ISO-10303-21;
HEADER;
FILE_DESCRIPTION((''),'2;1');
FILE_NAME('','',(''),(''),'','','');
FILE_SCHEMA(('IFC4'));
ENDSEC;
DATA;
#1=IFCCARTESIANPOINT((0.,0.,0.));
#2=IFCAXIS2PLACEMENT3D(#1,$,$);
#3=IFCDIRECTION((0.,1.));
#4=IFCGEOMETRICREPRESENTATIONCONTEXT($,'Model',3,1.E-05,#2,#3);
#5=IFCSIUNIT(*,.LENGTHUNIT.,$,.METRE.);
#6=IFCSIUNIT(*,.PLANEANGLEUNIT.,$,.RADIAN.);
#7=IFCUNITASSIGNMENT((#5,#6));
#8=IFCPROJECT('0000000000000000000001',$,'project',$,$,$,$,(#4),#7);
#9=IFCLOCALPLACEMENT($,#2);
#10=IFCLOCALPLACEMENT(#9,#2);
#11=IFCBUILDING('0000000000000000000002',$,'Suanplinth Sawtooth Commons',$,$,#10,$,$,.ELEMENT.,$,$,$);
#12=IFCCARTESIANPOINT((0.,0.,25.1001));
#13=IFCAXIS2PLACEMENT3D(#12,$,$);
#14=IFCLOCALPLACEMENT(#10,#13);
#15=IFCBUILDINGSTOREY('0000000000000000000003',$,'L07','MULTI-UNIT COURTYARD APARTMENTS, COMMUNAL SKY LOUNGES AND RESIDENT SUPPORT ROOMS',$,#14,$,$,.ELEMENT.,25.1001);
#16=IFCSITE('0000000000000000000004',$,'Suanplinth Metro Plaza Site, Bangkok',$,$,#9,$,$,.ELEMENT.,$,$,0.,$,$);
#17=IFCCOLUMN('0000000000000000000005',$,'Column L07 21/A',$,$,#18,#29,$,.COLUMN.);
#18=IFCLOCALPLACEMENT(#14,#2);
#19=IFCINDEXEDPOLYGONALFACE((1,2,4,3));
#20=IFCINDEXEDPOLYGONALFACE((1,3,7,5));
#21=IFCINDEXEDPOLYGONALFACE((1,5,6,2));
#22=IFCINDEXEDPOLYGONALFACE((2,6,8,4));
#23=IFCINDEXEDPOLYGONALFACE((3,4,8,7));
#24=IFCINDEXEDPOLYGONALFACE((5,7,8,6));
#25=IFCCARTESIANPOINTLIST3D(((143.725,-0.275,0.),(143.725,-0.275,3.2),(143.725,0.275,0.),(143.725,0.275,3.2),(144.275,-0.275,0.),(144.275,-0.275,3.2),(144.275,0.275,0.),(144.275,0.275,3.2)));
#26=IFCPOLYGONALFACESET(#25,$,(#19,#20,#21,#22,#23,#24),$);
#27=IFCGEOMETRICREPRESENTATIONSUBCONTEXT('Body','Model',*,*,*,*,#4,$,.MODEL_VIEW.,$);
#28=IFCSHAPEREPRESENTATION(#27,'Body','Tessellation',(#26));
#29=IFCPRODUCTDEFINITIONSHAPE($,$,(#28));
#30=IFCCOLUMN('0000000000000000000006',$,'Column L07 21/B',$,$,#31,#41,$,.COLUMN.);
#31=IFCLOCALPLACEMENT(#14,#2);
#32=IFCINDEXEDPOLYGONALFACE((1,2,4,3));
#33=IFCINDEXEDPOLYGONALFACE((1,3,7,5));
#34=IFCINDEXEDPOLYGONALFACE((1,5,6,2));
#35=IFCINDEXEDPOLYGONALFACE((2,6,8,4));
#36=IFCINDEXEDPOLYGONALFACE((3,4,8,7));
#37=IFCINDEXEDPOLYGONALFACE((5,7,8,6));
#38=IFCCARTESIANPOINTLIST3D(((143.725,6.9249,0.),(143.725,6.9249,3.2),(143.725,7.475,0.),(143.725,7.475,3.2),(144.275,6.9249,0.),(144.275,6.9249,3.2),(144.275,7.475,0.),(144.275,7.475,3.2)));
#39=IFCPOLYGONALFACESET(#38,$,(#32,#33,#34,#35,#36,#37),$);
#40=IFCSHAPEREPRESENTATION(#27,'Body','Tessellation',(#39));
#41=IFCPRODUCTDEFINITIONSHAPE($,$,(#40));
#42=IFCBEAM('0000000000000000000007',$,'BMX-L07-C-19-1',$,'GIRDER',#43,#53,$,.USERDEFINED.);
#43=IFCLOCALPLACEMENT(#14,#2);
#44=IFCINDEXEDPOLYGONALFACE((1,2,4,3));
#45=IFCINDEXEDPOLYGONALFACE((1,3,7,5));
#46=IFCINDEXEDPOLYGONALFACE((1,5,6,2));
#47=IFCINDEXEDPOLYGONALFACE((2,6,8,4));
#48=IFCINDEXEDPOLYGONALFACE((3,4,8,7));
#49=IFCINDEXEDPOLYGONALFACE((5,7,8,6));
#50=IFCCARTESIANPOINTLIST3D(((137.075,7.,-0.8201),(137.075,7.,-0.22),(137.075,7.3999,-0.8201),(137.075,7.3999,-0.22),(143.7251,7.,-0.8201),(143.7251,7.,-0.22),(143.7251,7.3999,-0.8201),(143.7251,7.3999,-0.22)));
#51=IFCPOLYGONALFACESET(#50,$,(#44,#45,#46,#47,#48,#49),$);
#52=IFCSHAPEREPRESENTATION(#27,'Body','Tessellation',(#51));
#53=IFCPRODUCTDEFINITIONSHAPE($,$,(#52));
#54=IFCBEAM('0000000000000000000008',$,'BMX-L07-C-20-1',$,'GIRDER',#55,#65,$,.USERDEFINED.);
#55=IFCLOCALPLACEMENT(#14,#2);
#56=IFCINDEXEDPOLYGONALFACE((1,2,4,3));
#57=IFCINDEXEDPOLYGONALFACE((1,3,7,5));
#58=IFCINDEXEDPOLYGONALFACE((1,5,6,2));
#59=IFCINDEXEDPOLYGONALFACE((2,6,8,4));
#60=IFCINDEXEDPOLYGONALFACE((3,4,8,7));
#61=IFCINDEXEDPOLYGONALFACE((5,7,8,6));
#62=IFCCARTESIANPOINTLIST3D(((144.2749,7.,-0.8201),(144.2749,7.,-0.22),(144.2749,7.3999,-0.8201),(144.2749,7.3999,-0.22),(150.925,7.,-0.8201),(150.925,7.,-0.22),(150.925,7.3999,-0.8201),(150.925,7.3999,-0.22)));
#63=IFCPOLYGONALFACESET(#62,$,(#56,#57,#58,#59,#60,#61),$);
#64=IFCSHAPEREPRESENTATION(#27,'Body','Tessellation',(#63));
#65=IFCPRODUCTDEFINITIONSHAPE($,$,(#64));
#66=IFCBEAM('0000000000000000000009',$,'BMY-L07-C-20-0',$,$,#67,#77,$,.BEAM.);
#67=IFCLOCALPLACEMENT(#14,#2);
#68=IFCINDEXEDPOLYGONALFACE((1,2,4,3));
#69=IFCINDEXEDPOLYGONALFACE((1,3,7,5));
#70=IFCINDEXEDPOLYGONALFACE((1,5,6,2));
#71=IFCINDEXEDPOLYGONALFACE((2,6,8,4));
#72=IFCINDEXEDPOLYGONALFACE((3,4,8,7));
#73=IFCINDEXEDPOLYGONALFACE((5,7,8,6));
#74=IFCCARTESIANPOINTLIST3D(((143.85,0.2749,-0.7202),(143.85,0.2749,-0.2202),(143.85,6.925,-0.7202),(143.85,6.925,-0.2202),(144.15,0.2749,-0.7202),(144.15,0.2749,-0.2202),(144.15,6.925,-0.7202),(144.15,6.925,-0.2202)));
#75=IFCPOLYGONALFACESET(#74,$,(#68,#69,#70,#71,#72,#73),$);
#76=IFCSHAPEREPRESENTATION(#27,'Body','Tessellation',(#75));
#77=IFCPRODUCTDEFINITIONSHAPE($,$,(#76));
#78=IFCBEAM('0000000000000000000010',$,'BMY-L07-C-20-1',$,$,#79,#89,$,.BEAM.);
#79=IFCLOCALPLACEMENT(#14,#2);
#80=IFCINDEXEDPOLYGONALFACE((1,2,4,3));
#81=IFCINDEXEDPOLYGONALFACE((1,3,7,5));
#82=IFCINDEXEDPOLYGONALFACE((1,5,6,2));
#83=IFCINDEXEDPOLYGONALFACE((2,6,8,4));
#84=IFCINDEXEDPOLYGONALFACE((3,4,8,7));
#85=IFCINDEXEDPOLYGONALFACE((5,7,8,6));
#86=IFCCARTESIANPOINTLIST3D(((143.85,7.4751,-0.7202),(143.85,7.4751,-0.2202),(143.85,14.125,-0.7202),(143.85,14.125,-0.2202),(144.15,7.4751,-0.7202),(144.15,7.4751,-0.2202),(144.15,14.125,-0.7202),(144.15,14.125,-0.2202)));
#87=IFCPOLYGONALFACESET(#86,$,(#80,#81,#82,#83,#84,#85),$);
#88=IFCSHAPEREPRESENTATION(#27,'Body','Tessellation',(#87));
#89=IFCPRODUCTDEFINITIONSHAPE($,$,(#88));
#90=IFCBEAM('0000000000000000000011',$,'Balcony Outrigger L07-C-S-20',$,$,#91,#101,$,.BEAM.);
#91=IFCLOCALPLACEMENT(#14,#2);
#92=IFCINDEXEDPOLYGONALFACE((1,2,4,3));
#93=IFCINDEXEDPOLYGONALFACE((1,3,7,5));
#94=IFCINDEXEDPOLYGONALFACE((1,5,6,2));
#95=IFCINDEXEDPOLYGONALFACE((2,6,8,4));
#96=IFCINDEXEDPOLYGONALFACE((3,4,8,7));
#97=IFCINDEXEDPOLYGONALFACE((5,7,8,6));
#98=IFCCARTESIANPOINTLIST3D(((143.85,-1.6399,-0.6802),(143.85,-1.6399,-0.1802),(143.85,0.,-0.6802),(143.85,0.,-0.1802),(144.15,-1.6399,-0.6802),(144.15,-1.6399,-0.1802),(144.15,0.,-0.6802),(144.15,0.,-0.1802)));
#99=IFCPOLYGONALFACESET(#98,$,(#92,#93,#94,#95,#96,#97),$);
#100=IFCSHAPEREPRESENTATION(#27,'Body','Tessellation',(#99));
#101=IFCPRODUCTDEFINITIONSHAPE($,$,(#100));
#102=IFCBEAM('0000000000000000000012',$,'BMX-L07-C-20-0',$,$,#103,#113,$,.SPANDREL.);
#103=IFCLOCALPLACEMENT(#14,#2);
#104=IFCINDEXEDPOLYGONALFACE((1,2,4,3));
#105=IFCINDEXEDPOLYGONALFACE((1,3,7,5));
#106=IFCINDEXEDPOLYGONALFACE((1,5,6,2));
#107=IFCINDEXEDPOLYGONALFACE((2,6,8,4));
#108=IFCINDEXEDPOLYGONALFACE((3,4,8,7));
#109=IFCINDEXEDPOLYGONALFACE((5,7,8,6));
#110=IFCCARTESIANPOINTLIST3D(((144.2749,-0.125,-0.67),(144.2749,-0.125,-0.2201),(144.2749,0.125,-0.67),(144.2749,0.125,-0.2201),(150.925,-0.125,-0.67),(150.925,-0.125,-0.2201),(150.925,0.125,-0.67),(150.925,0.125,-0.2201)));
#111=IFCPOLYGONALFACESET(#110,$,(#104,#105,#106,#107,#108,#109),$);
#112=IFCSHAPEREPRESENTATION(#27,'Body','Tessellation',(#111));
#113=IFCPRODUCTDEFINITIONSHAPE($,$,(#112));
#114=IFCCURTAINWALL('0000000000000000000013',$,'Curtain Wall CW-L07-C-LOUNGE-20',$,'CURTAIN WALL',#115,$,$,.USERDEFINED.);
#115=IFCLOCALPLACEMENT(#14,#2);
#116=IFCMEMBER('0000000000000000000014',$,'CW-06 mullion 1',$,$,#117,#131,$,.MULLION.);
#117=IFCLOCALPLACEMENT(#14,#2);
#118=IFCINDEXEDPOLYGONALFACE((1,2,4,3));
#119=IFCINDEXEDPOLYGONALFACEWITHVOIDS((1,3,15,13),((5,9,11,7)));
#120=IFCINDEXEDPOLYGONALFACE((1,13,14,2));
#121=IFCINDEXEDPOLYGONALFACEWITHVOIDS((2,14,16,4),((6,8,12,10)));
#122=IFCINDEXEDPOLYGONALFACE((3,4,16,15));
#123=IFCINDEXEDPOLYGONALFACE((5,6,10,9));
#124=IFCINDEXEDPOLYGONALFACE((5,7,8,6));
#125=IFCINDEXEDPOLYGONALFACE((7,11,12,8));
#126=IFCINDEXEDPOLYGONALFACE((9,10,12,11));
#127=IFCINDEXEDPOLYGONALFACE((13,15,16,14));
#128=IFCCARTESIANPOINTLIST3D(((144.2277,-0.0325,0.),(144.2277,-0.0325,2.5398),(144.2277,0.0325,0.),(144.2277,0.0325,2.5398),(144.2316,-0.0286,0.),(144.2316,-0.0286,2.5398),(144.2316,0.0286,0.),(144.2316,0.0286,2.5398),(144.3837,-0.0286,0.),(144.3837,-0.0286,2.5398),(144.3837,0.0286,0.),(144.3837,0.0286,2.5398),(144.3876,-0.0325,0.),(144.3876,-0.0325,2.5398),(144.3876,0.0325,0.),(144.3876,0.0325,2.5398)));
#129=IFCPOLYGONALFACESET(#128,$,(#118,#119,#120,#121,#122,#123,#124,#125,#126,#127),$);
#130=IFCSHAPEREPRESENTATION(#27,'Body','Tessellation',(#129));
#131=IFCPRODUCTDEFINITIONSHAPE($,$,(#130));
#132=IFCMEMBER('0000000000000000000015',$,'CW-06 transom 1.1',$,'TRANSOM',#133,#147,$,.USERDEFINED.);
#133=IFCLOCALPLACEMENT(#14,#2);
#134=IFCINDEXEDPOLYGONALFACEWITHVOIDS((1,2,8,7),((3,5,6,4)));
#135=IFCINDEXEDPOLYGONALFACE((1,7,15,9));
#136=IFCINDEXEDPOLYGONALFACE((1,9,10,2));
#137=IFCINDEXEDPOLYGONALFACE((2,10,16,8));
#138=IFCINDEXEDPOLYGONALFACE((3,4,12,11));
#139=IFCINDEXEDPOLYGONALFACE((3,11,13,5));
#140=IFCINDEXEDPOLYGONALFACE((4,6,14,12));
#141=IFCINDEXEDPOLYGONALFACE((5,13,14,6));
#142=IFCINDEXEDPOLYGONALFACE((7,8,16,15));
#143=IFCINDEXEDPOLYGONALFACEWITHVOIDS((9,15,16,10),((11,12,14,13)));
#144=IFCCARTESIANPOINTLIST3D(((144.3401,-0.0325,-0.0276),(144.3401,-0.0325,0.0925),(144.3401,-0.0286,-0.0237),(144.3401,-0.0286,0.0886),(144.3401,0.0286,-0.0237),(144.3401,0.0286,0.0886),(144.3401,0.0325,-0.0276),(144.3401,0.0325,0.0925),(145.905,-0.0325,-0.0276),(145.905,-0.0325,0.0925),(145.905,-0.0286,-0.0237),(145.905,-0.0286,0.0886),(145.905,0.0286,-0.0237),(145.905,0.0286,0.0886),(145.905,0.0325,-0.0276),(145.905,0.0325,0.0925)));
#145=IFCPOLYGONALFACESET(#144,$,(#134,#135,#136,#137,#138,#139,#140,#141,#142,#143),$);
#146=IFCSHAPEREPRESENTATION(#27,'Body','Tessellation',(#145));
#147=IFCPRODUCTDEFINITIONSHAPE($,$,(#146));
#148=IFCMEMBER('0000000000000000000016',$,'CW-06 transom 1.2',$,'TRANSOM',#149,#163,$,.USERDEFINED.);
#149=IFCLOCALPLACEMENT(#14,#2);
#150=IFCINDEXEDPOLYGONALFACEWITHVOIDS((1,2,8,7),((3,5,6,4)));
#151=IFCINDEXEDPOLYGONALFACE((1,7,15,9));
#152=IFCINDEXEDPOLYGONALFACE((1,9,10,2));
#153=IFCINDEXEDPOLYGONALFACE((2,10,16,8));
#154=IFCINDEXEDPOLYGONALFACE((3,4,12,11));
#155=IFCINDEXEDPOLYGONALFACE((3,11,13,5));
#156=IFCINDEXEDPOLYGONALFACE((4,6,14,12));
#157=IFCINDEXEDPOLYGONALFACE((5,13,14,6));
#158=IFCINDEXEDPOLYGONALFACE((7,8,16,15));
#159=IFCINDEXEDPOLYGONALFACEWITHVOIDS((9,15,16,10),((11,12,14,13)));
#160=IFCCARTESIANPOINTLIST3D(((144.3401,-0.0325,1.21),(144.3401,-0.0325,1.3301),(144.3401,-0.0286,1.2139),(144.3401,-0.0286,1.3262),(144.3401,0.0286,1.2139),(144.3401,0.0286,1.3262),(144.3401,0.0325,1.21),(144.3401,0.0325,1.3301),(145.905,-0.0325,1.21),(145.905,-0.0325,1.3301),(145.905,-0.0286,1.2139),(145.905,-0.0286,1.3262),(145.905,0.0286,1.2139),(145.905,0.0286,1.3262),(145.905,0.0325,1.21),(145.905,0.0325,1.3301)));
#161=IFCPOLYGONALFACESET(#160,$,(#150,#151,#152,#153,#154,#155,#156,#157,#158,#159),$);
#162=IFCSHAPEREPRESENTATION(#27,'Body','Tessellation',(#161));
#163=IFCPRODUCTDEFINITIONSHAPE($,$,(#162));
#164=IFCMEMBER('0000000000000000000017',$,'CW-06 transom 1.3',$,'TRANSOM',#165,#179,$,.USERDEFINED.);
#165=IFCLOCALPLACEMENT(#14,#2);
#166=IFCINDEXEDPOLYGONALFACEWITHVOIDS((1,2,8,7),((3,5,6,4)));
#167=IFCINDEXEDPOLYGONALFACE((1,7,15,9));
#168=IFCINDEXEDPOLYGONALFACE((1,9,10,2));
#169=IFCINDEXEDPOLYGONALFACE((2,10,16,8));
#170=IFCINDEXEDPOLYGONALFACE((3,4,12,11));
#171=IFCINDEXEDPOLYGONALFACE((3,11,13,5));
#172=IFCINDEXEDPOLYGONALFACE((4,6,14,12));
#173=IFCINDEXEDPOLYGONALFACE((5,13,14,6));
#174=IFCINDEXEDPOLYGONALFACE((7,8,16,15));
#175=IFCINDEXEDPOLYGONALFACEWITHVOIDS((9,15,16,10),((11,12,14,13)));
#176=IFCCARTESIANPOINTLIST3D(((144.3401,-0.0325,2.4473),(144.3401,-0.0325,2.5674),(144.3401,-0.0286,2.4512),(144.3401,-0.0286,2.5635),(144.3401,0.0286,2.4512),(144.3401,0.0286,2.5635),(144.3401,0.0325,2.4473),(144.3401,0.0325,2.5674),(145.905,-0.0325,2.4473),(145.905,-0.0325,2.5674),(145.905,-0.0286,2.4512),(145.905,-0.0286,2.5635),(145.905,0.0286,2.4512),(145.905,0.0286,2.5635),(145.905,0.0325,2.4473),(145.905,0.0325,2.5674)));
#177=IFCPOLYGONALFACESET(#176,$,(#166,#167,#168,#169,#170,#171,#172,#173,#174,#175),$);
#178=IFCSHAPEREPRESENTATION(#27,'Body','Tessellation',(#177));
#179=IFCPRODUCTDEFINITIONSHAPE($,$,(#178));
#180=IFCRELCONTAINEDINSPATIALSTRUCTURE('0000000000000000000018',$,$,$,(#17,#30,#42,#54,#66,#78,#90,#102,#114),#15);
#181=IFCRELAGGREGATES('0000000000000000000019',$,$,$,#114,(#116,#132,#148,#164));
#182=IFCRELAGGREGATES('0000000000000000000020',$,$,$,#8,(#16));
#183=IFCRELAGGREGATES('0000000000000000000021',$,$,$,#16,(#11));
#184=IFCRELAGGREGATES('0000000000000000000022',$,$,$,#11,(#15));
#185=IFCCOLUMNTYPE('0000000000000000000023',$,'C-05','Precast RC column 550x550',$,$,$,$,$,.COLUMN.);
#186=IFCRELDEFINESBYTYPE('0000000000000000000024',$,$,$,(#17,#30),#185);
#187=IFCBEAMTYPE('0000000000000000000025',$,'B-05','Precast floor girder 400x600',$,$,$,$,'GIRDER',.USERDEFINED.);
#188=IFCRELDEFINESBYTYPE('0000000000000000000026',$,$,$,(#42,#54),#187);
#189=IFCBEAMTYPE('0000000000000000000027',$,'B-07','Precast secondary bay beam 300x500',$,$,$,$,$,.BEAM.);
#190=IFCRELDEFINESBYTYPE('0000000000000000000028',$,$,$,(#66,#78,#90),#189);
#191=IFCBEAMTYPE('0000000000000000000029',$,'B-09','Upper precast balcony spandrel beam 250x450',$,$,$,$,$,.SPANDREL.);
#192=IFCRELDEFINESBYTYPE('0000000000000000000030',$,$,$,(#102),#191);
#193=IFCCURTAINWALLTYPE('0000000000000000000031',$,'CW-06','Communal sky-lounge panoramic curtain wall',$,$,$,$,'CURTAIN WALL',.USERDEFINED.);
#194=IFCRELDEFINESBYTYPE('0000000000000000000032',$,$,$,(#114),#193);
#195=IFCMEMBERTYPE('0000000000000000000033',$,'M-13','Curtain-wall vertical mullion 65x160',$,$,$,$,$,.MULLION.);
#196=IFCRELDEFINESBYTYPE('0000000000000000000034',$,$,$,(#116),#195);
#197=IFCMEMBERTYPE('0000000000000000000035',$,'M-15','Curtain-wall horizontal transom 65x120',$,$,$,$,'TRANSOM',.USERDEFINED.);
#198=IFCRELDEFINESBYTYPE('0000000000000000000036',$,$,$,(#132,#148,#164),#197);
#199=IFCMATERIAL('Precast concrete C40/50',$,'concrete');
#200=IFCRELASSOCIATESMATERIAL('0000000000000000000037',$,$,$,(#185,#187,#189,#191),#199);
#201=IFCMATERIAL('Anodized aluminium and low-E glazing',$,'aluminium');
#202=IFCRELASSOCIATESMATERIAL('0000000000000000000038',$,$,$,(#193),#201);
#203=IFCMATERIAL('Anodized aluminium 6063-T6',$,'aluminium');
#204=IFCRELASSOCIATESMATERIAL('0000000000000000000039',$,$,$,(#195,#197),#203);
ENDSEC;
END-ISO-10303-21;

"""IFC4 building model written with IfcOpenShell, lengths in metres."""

from ifc_helpers import new_model, si_unit, direction, frame, origin, origin_2d, place, context, subcontext, project, spatial, rectangle, hollow_rectangle, extrude, material, material_profile, profile_set, type_object, element, aggregate, save


model = new_model("IFC4")

# Units and contexts
model_context = context("Model", 3, precision=1e-05, world=origin(), true_north=direction((0.0, 1.0)))
body_context = subcontext(model_context, "Body", "Model", "MODEL_VIEW")
ifc_project = project(units=[si_unit("LENGTHUNIT", "METRE"), si_unit("PLANEANGLEUNIT", "RADIAN")], contexts=[model_context])

# Site, building, storey
site_placement = place(None, origin())
site = spatial("IfcSite", under=ifc_project, at=site_placement, Name="Suanplinth Metro Plaza Site, Bangkok", CompositionType="ELEMENT", RefElevation=0.0)
building_placement = place(site_placement, origin())
building = spatial("IfcBuilding", under=site, at=building_placement, Name="Suanplinth Sawtooth Commons", CompositionType="ELEMENT")
storey_placement = place(building_placement, frame((0.0, 0.0, 25.1001)))
storey = spatial("IfcBuildingStorey", under=building, at=storey_placement, Name="L07", Description="MULTI-UNIT COURTYARD APARTMENTS, COMMUNAL SKY LOUNGES AND RESIDENT SUPPORT ROOMS", CompositionType="ELEMENT", Elevation=25.1001)

# Columns
ifc_material_1 = material(Name="Precast concrete C40/50", Category="concrete")
ifc_material_profile_1 = material_profile(ifc_material_1, rectangle(XDim=0.55, YDim=0.55, at=origin_2d()), Name="PC-COL 550x550")
ifc_profile_set_1 = profile_set([ifc_material_profile_1], Name="Precast concrete C40/50")
column_type = type_object("IfcColumnType", Name="C-05", Description="Precast RC column 550x550", PredefinedType="COLUMN", material=ifc_profile_set_1)
for number, where, z_axis, x_axis, name in (
    (1, (144.0, 0.0, 0.0), (0.0, 0.0, 1.0), (1.0, 0.0, 0.0), "Column L07 21/A"),
    (2, (144.0, 7.2, 0.0), (0.0, 0.0, 1.0), (1.0, 0.0, 0.0), "Column L07 21/B"),
):
    element("IfcColumn", number, at=place(storey_placement, frame(where, z_axis=z_axis, x_axis=x_axis)), inside=storey, type_object=column_type, Name=name, PredefinedType="COLUMN", context=body_context, shape_type="SweptSolid", body=[
        extrude(rectangle(XDim=0.55, YDim=0.55, at=origin_2d()), origin(), (0.0, 0.0, 1.0), 3.2),
    ])

# Beams
ifc_material_profile_2 = material_profile(ifc_material_1, rectangle(XDim=0.3999, YDim=0.6001, at=origin_2d()), Name="PC-GDR 400x600")
ifc_profile_set_2 = profile_set([ifc_material_profile_2], Name="Precast concrete C40/50")
beam_type_1 = type_object("IfcBeamType", Name="B-05", Description="Precast floor girder 400x600", ElementType="GIRDER", PredefinedType="USERDEFINED", material=ifc_profile_set_2)
for number, where, z_axis, x_axis, name in (
    (3, (137.075, 7.2, -0.52), (1.0, 0.0, 0.0), (0.0, 1.0, 0.0), "BMX-L07-C-19-1"),
    (4, (144.2749, 7.2, -0.52), (1.0, 0.0, 0.0), (0.0, 1.0, 0.0), "BMX-L07-C-20-1"),
):
    element("IfcBeam", number, at=place(storey_placement, frame(where, z_axis=z_axis, x_axis=x_axis)), inside=storey, type_object=beam_type_1, Name=name, ObjectType="GIRDER", PredefinedType="USERDEFINED", context=body_context, shape_type="SweptSolid", body=[
        extrude(rectangle(XDim=0.3999, YDim=0.6001, at=origin_2d()), origin(), (0.0, 0.0, 1.0), 6.6501),
    ])
ifc_material_profile_3 = material_profile(ifc_material_1, rectangle(XDim=0.3, YDim=0.5, at=origin_2d()), Name="PC-BM 300x500")
ifc_profile_set_3 = profile_set([ifc_material_profile_3], Name="Precast concrete C40/50")
beam_type_2 = type_object("IfcBeamType", Name="B-07", Description="Precast secondary bay beam 300x500", PredefinedType="BEAM", material=ifc_profile_set_3)
beam_1_placement = place(storey_placement, frame((144.0, 0.2749, -0.4702), z_axis=(0.0, 1.0, 0.0), x_axis=(-1.0, 0.0, 0.0)))
element("IfcBeam", 5, at=beam_1_placement, inside=storey, type_object=beam_type_2, Name="BMY-L07-C-20-0", PredefinedType="BEAM", context=body_context, shape_type="SweptSolid", body=[
    extrude(rectangle(XDim=0.3, YDim=0.5, at=origin_2d()), origin(), (0.0, 0.0, 1.0), 6.6501),
])
beam_2_placement = place(storey_placement, frame((144.0, 7.4751, -0.4702), z_axis=(0.0, 1.0, 0.0), x_axis=(-1.0, 0.0, 0.0)))
element("IfcBeam", 6, at=beam_2_placement, inside=storey, type_object=beam_type_2, Name="BMY-L07-C-20-1", PredefinedType="BEAM", context=body_context, shape_type="SweptSolid", body=[
    extrude(rectangle(XDim=0.3, YDim=0.5, at=origin_2d()), origin(), (0.0, 0.0, 1.0), 6.6499),
])
beam_3_placement = place(storey_placement, frame((144.0, 0.0, -0.4302), z_axis=(0.0, -1.0, 0.0), x_axis=(1.0, 0.0, 0.0)))
element("IfcBeam", 7, at=beam_3_placement, inside=storey, type_object=beam_type_2, Name="Balcony Outrigger L07-C-S-20", PredefinedType="BEAM", context=body_context, shape_type="SweptSolid", body=[
    extrude(rectangle(XDim=0.3, YDim=0.5, at=origin_2d()), origin(), (0.0, 0.0, 1.0), 1.6399),
])
ifc_material_profile_4 = material_profile(ifc_material_1, rectangle(XDim=0.25, YDim=0.45, at=origin_2d()), Name="PC-SP 250x450")
ifc_profile_set_4 = profile_set([ifc_material_profile_4], Name="Precast concrete C40/50")
beam_type_3 = type_object("IfcBeamType", Name="B-09", Description="Upper precast balcony spandrel beam 250x450", PredefinedType="SPANDREL", material=ifc_profile_set_4)
beam_4_placement = place(storey_placement, frame((144.2749, 0.0, -0.4451), z_axis=(1.0, 0.0, 0.0), x_axis=(0.0, 1.0, 0.0)))
element("IfcBeam", 8, at=beam_4_placement, inside=storey, type_object=beam_type_3, Name="BMX-L07-C-20-0", PredefinedType="SPANDREL", context=body_context, shape_type="SweptSolid", body=[
    extrude(rectangle(XDim=0.25, YDim=0.45, at=origin_2d()), origin(), (0.0, 0.0, 1.0), 6.6501),
])

# Curtain wall, members
ifc_material_2 = material(Name="Anodized aluminium and low-E glazing", Category="aluminium")
curtain_wall_type = type_object("IfcCurtainWallType", Name="CW-06", Description="Communal sky-lounge panoramic curtain wall", ElementType="CURTAIN WALL", PredefinedType="USERDEFINED", material=ifc_material_2)
curtain_wall_placement = place(storey_placement, origin())
curtain_wall = element("IfcCurtainWall", 9, at=curtain_wall_placement, inside=storey, type_object=curtain_wall_type, Name="Curtain Wall CW-L07-C-LOUNGE-20", ObjectType="CURTAIN WALL", PredefinedType="USERDEFINED")
ifc_material_3 = material(Name="Anodized aluminium 6063-T6", Category="aluminium")
ifc_material_profile_5 = material_profile(ifc_material_3, hollow_rectangle(XDim=0.0649, YDim=0.1599, WallThickness=0.0039, at=origin_2d()), Name="ALU-MUL 65x160")
ifc_profile_set_5 = profile_set([ifc_material_profile_5], Name="Anodized aluminium 6063-T6")
member_type_1 = type_object("IfcMemberType", Name="M-13", Description="Curtain-wall vertical mullion 65x160", PredefinedType="MULLION", material=ifc_profile_set_5)
member_1_placement = place(storey_placement, frame((144.3076, 0.0, 0.0), z_axis=(0.0, 0.0, 1.0), x_axis=(0.0, 1.0, 0.0)))
member_1 = element("IfcMember", 10, at=member_1_placement, type_object=member_type_1, Name="CW-06 mullion 1", PredefinedType="MULLION", context=body_context, shape_type="SweptSolid", body=[
    extrude(hollow_rectangle(XDim=0.0649, YDim=0.1599, WallThickness=0.0039, at=origin_2d()), origin(), (0.0, 0.0, 1.0), 2.5398),
])
ifc_material_profile_6 = material_profile(ifc_material_3, hollow_rectangle(XDim=0.0649, YDim=0.1201, WallThickness=0.0039, at=origin_2d()), Name="ALU-TRN 65x120")
ifc_profile_set_6 = profile_set([ifc_material_profile_6], Name="Anodized aluminium 6063-T6")
member_type_2 = type_object("IfcMemberType", Name="M-15", Description="Curtain-wall horizontal transom 65x120", ElementType="TRANSOM", PredefinedType="USERDEFINED", material=ifc_profile_set_6)
member_2_placement = place(storey_placement, frame((144.3401, 0.0, 0.0325), z_axis=(1.0, 0.0, 0.0), x_axis=(0.0, 1.0, 0.0)))
member_2 = element("IfcMember", 11, at=member_2_placement, type_object=member_type_2, Name="CW-06 transom 1.1", ObjectType="TRANSOM", PredefinedType="USERDEFINED", context=body_context, shape_type="SweptSolid", body=[
    extrude(hollow_rectangle(XDim=0.0649, YDim=0.1201, WallThickness=0.0039, at=origin_2d()), origin(), (0.0, 0.0, 1.0), 1.5649),
])
member_3_placement = place(storey_placement, frame((144.3401, 0.0, 1.27), z_axis=(1.0, 0.0, 0.0), x_axis=(0.0, 1.0, 0.0)))
member_3 = element("IfcMember", 12, at=member_3_placement, type_object=member_type_2, Name="CW-06 transom 1.2", ObjectType="TRANSOM", PredefinedType="USERDEFINED", context=body_context, shape_type="SweptSolid", body=[
    extrude(hollow_rectangle(XDim=0.0649, YDim=0.1201, WallThickness=0.0039, at=origin_2d()), origin(), (0.0, 0.0, 1.0), 1.5649),
])
member_4_placement = place(storey_placement, frame((144.3401, 0.0, 2.5073), z_axis=(1.0, 0.0, 0.0), x_axis=(0.0, 1.0, 0.0)))
member_4 = element("IfcMember", 13, at=member_4_placement, type_object=member_type_2, Name="CW-06 transom 1.3", ObjectType="TRANSOM", PredefinedType="USERDEFINED", context=body_context, shape_type="SweptSolid", body=[
    extrude(hollow_rectangle(XDim=0.0649, YDim=0.1201, WallThickness=0.0039, at=origin_2d()), origin(), (0.0, 0.0, 1.0), 1.5649),
])
aggregate(curtain_wall, [member_1, member_2, member_3, member_4])

save(model, "model.ifc")
